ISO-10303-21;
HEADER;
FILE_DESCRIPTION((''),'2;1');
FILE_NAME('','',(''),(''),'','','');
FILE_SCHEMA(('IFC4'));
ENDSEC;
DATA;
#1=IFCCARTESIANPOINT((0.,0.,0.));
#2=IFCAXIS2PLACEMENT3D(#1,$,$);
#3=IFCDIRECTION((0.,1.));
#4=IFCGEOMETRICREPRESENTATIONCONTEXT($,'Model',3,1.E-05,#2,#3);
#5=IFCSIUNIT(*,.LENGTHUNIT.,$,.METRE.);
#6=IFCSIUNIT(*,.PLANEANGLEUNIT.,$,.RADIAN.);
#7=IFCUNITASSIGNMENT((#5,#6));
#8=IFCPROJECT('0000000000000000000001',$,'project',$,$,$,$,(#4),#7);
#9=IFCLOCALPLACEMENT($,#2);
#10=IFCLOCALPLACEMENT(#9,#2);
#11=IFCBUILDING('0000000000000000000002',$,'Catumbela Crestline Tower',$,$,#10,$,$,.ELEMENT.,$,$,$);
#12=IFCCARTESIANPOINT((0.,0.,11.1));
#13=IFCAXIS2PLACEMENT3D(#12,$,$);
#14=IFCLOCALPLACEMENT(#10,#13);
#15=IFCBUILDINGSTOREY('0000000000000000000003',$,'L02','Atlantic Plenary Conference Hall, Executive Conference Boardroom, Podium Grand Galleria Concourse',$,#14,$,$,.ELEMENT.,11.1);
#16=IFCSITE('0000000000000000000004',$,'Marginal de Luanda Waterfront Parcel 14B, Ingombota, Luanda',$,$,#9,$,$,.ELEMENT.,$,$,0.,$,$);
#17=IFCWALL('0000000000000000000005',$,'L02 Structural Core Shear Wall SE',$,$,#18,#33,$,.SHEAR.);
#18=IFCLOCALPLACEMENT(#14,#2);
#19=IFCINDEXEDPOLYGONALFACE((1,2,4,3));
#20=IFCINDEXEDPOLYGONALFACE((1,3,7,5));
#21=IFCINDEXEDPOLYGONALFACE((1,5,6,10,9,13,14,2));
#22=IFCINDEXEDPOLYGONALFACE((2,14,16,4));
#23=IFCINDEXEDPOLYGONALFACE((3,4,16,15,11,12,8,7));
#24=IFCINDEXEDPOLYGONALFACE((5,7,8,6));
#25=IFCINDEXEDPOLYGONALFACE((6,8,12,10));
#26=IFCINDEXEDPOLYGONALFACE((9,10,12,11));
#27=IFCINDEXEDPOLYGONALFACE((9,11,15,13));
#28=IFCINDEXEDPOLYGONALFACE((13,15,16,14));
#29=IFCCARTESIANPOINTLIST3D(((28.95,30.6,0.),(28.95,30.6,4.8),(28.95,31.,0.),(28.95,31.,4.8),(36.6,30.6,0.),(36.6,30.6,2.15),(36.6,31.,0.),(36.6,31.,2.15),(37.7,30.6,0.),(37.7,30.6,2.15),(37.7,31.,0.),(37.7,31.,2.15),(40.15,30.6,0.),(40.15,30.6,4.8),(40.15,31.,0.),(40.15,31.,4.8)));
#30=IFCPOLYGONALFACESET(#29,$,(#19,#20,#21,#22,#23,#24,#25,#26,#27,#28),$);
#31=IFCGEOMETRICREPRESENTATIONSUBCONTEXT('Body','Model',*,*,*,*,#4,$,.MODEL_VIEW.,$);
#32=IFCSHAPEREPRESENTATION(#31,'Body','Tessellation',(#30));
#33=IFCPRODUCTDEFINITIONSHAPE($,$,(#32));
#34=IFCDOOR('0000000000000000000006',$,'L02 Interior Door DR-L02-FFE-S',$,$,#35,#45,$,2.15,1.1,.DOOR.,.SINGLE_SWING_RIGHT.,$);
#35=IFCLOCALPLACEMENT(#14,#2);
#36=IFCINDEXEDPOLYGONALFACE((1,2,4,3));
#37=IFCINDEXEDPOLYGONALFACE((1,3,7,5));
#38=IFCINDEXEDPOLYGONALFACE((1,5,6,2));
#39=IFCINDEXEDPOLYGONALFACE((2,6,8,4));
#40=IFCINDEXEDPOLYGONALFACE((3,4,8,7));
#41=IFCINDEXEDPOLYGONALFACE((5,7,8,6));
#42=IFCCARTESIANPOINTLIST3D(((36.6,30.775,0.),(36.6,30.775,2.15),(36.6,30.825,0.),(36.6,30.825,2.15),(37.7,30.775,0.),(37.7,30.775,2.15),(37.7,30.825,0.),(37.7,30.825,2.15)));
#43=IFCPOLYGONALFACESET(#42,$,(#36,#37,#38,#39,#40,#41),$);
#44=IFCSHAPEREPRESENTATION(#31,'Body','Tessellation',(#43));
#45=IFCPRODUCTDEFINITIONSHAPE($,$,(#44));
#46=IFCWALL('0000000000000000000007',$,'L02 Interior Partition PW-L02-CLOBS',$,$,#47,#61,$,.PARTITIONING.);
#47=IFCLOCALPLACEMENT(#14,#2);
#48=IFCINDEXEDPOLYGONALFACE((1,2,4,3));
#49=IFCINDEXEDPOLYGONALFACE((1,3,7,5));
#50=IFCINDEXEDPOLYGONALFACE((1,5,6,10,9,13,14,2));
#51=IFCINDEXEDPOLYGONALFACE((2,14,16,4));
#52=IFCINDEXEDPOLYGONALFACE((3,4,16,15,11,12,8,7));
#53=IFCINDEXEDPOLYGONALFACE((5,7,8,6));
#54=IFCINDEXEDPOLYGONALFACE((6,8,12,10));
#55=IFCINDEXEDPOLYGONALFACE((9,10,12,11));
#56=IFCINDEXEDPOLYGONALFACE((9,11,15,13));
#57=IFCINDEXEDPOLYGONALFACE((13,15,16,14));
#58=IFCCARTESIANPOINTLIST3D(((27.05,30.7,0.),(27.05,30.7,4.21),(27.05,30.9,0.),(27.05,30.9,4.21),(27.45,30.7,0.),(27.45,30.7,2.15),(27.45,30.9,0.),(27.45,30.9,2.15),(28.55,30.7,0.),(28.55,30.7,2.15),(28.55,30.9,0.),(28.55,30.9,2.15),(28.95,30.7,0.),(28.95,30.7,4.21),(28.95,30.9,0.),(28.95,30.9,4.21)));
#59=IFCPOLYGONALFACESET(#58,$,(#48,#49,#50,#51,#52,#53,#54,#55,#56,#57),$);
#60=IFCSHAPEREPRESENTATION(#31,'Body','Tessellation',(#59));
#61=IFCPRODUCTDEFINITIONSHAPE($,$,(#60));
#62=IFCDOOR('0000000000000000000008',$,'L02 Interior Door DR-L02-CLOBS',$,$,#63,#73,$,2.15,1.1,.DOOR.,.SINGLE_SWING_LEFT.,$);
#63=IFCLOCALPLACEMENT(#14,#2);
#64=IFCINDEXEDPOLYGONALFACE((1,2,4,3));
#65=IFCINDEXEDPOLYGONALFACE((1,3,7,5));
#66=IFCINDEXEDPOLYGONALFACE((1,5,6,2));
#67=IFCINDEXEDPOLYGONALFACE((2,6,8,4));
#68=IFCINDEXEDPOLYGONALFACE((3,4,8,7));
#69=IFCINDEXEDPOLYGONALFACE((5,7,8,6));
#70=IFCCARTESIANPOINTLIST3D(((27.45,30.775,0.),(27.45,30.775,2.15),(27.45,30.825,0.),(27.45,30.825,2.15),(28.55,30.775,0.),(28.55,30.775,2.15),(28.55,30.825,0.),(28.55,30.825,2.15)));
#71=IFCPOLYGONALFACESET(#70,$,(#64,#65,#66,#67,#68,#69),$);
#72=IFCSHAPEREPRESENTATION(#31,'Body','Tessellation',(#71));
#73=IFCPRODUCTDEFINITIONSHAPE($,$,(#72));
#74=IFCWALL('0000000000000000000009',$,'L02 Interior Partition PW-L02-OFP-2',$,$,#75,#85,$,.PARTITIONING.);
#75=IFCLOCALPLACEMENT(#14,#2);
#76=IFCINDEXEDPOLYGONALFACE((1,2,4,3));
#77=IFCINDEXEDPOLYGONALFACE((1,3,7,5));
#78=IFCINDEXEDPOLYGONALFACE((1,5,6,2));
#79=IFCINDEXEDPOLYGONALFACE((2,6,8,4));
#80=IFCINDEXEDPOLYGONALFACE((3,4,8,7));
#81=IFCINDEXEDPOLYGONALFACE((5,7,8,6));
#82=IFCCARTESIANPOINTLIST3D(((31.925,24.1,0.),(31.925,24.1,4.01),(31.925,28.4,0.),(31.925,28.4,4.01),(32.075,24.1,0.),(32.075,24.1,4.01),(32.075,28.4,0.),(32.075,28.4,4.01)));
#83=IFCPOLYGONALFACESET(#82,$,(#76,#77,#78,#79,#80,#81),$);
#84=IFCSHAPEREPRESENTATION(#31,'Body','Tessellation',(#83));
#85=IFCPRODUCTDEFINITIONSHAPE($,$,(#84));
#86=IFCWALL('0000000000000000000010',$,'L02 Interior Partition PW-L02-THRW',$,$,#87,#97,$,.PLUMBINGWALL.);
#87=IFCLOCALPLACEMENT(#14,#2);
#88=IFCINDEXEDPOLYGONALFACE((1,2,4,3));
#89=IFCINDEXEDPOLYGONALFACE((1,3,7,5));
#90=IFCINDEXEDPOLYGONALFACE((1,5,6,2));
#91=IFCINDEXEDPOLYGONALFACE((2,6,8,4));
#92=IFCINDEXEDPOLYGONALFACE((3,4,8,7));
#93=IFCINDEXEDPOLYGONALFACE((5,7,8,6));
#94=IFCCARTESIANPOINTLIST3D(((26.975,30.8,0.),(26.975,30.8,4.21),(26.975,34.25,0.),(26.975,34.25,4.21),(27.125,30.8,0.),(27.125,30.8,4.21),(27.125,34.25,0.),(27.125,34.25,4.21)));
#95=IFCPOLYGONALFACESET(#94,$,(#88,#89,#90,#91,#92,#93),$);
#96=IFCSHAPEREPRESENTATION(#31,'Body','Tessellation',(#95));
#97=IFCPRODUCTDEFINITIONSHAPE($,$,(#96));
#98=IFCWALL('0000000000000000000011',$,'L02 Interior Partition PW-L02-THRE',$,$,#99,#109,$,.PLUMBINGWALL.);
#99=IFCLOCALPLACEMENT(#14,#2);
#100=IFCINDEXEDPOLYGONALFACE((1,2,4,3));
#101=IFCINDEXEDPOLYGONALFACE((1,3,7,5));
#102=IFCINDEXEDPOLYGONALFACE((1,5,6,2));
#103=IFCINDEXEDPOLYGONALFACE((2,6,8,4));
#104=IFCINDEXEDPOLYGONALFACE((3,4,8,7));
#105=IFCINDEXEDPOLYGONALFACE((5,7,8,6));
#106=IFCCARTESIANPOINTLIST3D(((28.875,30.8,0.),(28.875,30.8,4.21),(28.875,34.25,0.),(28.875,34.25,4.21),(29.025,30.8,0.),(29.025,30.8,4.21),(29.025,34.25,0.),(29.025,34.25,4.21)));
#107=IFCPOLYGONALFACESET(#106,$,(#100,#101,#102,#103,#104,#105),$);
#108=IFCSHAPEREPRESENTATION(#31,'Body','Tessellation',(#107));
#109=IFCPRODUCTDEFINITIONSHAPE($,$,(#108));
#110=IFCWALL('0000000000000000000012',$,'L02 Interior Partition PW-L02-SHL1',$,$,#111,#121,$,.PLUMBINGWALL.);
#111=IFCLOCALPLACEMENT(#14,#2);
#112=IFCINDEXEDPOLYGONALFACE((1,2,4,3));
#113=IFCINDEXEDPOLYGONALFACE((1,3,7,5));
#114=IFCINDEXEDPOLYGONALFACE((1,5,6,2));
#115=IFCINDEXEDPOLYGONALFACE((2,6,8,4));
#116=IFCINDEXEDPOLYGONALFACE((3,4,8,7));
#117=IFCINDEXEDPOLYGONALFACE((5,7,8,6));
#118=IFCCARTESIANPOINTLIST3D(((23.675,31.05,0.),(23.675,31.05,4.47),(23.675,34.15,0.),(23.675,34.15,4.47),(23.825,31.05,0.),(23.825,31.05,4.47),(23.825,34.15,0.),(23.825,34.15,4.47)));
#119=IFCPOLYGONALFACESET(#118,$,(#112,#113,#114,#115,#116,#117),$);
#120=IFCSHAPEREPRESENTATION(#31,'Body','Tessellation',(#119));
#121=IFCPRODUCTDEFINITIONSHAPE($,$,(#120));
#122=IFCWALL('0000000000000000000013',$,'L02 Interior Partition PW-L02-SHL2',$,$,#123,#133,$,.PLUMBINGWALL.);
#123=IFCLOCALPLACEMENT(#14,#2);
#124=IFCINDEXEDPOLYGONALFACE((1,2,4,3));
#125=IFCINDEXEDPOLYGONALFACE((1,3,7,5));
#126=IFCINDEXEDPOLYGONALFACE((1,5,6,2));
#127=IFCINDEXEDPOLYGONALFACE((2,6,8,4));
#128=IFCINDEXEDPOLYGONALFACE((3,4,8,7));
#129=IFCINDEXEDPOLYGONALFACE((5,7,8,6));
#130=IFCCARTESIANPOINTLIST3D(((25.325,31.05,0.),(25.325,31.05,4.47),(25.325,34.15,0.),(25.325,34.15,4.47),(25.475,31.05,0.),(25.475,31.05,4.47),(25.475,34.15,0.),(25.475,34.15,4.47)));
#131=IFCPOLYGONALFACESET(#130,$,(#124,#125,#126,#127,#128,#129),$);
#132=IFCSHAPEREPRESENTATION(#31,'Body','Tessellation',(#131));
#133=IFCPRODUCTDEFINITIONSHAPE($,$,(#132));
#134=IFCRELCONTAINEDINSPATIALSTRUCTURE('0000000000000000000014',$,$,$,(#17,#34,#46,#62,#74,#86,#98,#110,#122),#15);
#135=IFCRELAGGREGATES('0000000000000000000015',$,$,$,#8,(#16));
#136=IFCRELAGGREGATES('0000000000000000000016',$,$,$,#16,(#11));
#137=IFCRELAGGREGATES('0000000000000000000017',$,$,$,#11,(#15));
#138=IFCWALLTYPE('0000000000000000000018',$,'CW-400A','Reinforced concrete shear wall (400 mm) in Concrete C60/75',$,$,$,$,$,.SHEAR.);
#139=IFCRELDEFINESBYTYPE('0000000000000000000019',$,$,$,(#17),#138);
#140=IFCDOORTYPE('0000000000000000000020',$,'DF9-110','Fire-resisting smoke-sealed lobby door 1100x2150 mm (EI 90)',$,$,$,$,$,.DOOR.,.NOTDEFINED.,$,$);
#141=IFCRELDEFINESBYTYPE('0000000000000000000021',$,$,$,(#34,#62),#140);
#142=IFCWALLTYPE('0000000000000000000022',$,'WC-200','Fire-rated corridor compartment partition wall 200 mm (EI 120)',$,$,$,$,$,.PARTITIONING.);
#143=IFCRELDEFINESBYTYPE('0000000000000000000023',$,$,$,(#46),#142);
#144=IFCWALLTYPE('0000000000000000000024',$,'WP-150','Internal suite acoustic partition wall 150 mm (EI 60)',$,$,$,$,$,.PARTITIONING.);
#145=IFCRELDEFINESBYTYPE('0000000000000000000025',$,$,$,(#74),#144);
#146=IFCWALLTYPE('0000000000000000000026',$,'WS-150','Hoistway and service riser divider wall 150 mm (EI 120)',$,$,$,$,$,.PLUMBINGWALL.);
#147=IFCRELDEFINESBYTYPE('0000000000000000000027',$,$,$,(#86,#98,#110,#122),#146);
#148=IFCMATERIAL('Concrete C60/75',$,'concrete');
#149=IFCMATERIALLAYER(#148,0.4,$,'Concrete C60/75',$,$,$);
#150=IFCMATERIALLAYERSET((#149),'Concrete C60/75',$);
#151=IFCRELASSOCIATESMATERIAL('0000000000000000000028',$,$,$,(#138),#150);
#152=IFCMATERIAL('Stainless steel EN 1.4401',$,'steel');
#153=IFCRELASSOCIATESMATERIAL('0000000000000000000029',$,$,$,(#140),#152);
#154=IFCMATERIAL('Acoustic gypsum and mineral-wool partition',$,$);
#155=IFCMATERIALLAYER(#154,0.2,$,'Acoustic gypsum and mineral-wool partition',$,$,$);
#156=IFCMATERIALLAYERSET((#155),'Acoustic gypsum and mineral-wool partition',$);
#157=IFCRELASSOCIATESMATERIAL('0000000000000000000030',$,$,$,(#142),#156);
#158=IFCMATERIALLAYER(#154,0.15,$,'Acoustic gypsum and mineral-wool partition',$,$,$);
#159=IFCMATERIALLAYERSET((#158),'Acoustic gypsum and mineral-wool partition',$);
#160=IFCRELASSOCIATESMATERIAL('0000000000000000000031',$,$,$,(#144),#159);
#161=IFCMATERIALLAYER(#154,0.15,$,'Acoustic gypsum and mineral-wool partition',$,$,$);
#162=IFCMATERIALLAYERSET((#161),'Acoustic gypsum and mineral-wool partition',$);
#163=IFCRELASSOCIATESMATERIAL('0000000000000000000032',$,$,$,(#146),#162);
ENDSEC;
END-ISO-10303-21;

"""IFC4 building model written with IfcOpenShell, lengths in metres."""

from ifc_helpers import new_model, si_unit, direction, frame, frame_2d, origin, place, context, subcontext, project, spatial, rectangle, extrude, material, layer, layer_set, type_object, element, fill, save


model = new_model("IFC4")

# Units and contexts
model_context = context("Model", 3, precision=1e-05, world=origin(), true_north=direction((0.0, 1.0)))
body_context = subcontext(model_context, "Body", "Model", "MODEL_VIEW")
ifc_project = project(units=[si_unit("LENGTHUNIT", "METRE"), si_unit("PLANEANGLEUNIT", "RADIAN")], contexts=[model_context])

# Site, building, storey
site_placement = place(None, origin())
site = spatial("IfcSite", under=ifc_project, at=site_placement, Name="Marginal de Luanda Waterfront Parcel 14B, Ingombota, Luanda", CompositionType="ELEMENT", RefElevation=0.0)
building_placement = place(site_placement, origin())
building = spatial("IfcBuilding", under=site, at=building_placement, Name="Catumbela Crestline Tower", CompositionType="ELEMENT")
storey_placement = place(building_placement, frame((0.0, 0.0, 11.1)))
storey = spatial("IfcBuildingStorey", under=building, at=storey_placement, Name="L02", Description="Atlantic Plenary Conference Hall, Executive Conference Boardroom, Podium Grand Galleria Concourse", CompositionType="ELEMENT", Elevation=11.1)

# Shared definitions
ifc_material_1 = material(Name="Concrete C60/75", Category="concrete")

# Walls, openings, doors
ifc_layer_1 = layer(ifc_material_1, 0.4, Name="Concrete C60/75")
ifc_layer_set_1 = layer_set([ifc_layer_1], Name="Concrete C60/75")
wall_type_1 = type_object("IfcWallType", Name="CW-400A", Description="Reinforced concrete shear wall (400 mm) in Concrete C60/75", PredefinedType="SHEAR", material=ifc_layer_set_1)
wall_1_placement = place(storey_placement, frame((28.95, 30.8, 0.0), z_axis=(0.0, 0.0, 1.0), x_axis=(1.0, 0.0, 0.0)))
wall_1 = element("IfcWall", 1, at=wall_1_placement, inside=storey, type_object=wall_type_1, Name="L02 Structural Core Shear Wall SE", PredefinedType="SHEAR", context=body_context, shape_type="SweptSolid", body=[
    extrude(rectangle(XDim=11.2, YDim=0.4, at=frame_2d((5.6, 0.0))), origin(), (0.0, 0.0, 1.0), 4.8),
])
opening_1_placement = place(wall_1_placement, frame((7.65, 0.0, 0.0)))
opening_1 = element("IfcOpeningElement", 2, at=opening_1_placement, cuts=wall_1, PredefinedType="OPENING", context=body_context, shape_type="SweptSolid", body=[
    extrude(rectangle(XDim=1.1, YDim=2.15, at=frame_2d((0.55, 1.075))), frame((0.0, 0.21, 0.0), z_axis=(0.0, -1.0, 0.0), x_axis=(1.0, 0.0, 0.0)), (0.0, 0.0, 1.0), 0.42),
])
ifc_material_2 = material(Name="Stainless steel EN 1.4401", Category="steel")
door_type = type_object("IfcDoorType", Name="DF9-110", Description="Fire-resisting smoke-sealed lobby door 1100x2150 mm (EI 90)", OperationType="NOTDEFINED", PredefinedType="DOOR", material=ifc_material_2)
door_1_placement = place(opening_1_placement, origin())
door_1 = element("IfcDoor", 3, at=door_1_placement, inside=storey, type_object=door_type, Name="L02 Interior Door DR-L02-FFE-S", OperationType="SINGLE_SWING_RIGHT", OverallHeight=2.15, OverallWidth=1.1, PredefinedType="DOOR", context=body_context, shape_type="SweptSolid", body=[
    extrude(rectangle(XDim=1.1, YDim=2.15, at=frame_2d((0.55, 1.075))), frame((0.0, 0.025, 0.0), z_axis=(0.0, -1.0, 0.0), x_axis=(1.0, 0.0, 0.0)), (0.0, 0.0, 1.0), 0.05),
])
fill(opening_1, door_1)
ifc_material_3 = material(Name="Acoustic gypsum and mineral-wool partition")
ifc_layer_2 = layer(ifc_material_3, 0.2, Name="Acoustic gypsum and mineral-wool partition")
ifc_layer_set_2 = layer_set([ifc_layer_2], Name="Acoustic gypsum and mineral-wool partition")
wall_type_2 = type_object("IfcWallType", Name="WC-200", Description="Fire-rated corridor compartment partition wall 200 mm (EI 120)", PredefinedType="PARTITIONING", material=ifc_layer_set_2)
wall_2_placement = place(storey_placement, frame((27.05, 30.8, 0.0), z_axis=(0.0, 0.0, 1.0), x_axis=(1.0, 0.0, 0.0)))
wall_2 = element("IfcWall", 4, at=wall_2_placement, inside=storey, type_object=wall_type_2, Name="L02 Interior Partition PW-L02-CLOBS", PredefinedType="PARTITIONING", context=body_context, shape_type="SweptSolid", body=[
    extrude(rectangle(XDim=1.9, YDim=0.2, at=frame_2d((0.95, 0.0))), origin(), (0.0, 0.0, 1.0), 4.21),
])
opening_2_placement = place(wall_2_placement, frame((0.4, 0.0, 0.0)))
opening_2 = element("IfcOpeningElement", 5, at=opening_2_placement, cuts=wall_2, PredefinedType="OPENING", context=body_context, shape_type="SweptSolid", body=[
    extrude(rectangle(XDim=1.1, YDim=2.15, at=frame_2d((0.55, 1.075))), frame((0.0, 0.11, 0.0), z_axis=(0.0, -1.0, 0.0), x_axis=(1.0, 0.0, 0.0)), (0.0, 0.0, 1.0), 0.22),
])
door_2_placement = place(opening_2_placement, origin())
door_2 = element("IfcDoor", 6, at=door_2_placement, inside=storey, type_object=door_type, Name="L02 Interior Door DR-L02-CLOBS", OperationType="SINGLE_SWING_LEFT", OverallHeight=2.15, OverallWidth=1.1, PredefinedType="DOOR", context=body_context, shape_type="SweptSolid", body=[
    extrude(rectangle(XDim=1.1, YDim=2.15, at=frame_2d((0.55, 1.075))), frame((0.0, 0.025, 0.0), z_axis=(0.0, -1.0, 0.0), x_axis=(1.0, 0.0, 0.0)), (0.0, 0.0, 1.0), 0.05),
])
fill(opening_2, door_2)

# Walls
ifc_layer_3 = layer(ifc_material_3, 0.15, Name="Acoustic gypsum and mineral-wool partition")
ifc_layer_set_3 = layer_set([ifc_layer_3], Name="Acoustic gypsum and mineral-wool partition")
wall_type_3 = type_object("IfcWallType", Name="WP-150", Description="Internal suite acoustic partition wall 150 mm (EI 60)", PredefinedType="PARTITIONING", material=ifc_layer_set_3)
wall_3_placement = place(storey_placement, frame((32.0, 24.1, 0.0), z_axis=(0.0, 0.0, 1.0), x_axis=(0.0, 1.0, 0.0)))
element("IfcWall", 7, at=wall_3_placement, inside=storey, type_object=wall_type_3, Name="L02 Interior Partition PW-L02-OFP-2", PredefinedType="PARTITIONING", context=body_context, shape_type="SweptSolid", body=[
    extrude(rectangle(XDim=4.3, YDim=0.15, at=frame_2d((2.15, 0.0))), origin(), (0.0, 0.0, 1.0), 4.01),
])
ifc_layer_4 = layer(ifc_material_3, 0.15, Name="Acoustic gypsum and mineral-wool partition")
ifc_layer_set_4 = layer_set([ifc_layer_4], Name="Acoustic gypsum and mineral-wool partition")
wall_type_4 = type_object("IfcWallType", Name="WS-150", Description="Hoistway and service riser divider wall 150 mm (EI 120)", PredefinedType="PLUMBINGWALL", material=ifc_layer_set_4)
for number, where, z_axis, x_axis, name in (
    (8, (27.05, 30.8, 0.0), (0.0, 0.0, 1.0), (0.0, 1.0, 0.0), "L02 Interior Partition PW-L02-THRW"),
    (9, (28.95, 30.8, 0.0), (0.0, 0.0, 1.0), (0.0, 1.0, 0.0), "L02 Interior Partition PW-L02-THRE"),
):
    element("IfcWall", number, at=place(storey_placement, frame(where, z_axis=z_axis, x_axis=x_axis)), inside=storey, type_object=wall_type_4, Name=name, PredefinedType="PLUMBINGWALL", context=body_context, shape_type="SweptSolid", body=[
        extrude(rectangle(XDim=3.45, YDim=0.15, at=frame_2d((1.725, 0.0))), origin(), (0.0, 0.0, 1.0), 4.21),
    ])
for number, where, z_axis, x_axis, name in (
    (10, (23.75, 31.05, 0.0), (0.0, 0.0, 1.0), (0.0, 1.0, 0.0), "L02 Interior Partition PW-L02-SHL1"),
    (11, (25.4, 31.05, 0.0), (0.0, 0.0, 1.0), (0.0, 1.0, 0.0), "L02 Interior Partition PW-L02-SHL2"),
):
    element("IfcWall", number, at=place(storey_placement, frame(where, z_axis=z_axis, x_axis=x_axis)), inside=storey, type_object=wall_type_4, Name=name, PredefinedType="PLUMBINGWALL", context=body_context, shape_type="SweptSolid", body=[
        extrude(rectangle(XDim=3.1, YDim=0.15, at=frame_2d((1.55, 0.0))), origin(), (0.0, 0.0, 1.0), 4.47),
    ])

save(model, "model.ifc")
